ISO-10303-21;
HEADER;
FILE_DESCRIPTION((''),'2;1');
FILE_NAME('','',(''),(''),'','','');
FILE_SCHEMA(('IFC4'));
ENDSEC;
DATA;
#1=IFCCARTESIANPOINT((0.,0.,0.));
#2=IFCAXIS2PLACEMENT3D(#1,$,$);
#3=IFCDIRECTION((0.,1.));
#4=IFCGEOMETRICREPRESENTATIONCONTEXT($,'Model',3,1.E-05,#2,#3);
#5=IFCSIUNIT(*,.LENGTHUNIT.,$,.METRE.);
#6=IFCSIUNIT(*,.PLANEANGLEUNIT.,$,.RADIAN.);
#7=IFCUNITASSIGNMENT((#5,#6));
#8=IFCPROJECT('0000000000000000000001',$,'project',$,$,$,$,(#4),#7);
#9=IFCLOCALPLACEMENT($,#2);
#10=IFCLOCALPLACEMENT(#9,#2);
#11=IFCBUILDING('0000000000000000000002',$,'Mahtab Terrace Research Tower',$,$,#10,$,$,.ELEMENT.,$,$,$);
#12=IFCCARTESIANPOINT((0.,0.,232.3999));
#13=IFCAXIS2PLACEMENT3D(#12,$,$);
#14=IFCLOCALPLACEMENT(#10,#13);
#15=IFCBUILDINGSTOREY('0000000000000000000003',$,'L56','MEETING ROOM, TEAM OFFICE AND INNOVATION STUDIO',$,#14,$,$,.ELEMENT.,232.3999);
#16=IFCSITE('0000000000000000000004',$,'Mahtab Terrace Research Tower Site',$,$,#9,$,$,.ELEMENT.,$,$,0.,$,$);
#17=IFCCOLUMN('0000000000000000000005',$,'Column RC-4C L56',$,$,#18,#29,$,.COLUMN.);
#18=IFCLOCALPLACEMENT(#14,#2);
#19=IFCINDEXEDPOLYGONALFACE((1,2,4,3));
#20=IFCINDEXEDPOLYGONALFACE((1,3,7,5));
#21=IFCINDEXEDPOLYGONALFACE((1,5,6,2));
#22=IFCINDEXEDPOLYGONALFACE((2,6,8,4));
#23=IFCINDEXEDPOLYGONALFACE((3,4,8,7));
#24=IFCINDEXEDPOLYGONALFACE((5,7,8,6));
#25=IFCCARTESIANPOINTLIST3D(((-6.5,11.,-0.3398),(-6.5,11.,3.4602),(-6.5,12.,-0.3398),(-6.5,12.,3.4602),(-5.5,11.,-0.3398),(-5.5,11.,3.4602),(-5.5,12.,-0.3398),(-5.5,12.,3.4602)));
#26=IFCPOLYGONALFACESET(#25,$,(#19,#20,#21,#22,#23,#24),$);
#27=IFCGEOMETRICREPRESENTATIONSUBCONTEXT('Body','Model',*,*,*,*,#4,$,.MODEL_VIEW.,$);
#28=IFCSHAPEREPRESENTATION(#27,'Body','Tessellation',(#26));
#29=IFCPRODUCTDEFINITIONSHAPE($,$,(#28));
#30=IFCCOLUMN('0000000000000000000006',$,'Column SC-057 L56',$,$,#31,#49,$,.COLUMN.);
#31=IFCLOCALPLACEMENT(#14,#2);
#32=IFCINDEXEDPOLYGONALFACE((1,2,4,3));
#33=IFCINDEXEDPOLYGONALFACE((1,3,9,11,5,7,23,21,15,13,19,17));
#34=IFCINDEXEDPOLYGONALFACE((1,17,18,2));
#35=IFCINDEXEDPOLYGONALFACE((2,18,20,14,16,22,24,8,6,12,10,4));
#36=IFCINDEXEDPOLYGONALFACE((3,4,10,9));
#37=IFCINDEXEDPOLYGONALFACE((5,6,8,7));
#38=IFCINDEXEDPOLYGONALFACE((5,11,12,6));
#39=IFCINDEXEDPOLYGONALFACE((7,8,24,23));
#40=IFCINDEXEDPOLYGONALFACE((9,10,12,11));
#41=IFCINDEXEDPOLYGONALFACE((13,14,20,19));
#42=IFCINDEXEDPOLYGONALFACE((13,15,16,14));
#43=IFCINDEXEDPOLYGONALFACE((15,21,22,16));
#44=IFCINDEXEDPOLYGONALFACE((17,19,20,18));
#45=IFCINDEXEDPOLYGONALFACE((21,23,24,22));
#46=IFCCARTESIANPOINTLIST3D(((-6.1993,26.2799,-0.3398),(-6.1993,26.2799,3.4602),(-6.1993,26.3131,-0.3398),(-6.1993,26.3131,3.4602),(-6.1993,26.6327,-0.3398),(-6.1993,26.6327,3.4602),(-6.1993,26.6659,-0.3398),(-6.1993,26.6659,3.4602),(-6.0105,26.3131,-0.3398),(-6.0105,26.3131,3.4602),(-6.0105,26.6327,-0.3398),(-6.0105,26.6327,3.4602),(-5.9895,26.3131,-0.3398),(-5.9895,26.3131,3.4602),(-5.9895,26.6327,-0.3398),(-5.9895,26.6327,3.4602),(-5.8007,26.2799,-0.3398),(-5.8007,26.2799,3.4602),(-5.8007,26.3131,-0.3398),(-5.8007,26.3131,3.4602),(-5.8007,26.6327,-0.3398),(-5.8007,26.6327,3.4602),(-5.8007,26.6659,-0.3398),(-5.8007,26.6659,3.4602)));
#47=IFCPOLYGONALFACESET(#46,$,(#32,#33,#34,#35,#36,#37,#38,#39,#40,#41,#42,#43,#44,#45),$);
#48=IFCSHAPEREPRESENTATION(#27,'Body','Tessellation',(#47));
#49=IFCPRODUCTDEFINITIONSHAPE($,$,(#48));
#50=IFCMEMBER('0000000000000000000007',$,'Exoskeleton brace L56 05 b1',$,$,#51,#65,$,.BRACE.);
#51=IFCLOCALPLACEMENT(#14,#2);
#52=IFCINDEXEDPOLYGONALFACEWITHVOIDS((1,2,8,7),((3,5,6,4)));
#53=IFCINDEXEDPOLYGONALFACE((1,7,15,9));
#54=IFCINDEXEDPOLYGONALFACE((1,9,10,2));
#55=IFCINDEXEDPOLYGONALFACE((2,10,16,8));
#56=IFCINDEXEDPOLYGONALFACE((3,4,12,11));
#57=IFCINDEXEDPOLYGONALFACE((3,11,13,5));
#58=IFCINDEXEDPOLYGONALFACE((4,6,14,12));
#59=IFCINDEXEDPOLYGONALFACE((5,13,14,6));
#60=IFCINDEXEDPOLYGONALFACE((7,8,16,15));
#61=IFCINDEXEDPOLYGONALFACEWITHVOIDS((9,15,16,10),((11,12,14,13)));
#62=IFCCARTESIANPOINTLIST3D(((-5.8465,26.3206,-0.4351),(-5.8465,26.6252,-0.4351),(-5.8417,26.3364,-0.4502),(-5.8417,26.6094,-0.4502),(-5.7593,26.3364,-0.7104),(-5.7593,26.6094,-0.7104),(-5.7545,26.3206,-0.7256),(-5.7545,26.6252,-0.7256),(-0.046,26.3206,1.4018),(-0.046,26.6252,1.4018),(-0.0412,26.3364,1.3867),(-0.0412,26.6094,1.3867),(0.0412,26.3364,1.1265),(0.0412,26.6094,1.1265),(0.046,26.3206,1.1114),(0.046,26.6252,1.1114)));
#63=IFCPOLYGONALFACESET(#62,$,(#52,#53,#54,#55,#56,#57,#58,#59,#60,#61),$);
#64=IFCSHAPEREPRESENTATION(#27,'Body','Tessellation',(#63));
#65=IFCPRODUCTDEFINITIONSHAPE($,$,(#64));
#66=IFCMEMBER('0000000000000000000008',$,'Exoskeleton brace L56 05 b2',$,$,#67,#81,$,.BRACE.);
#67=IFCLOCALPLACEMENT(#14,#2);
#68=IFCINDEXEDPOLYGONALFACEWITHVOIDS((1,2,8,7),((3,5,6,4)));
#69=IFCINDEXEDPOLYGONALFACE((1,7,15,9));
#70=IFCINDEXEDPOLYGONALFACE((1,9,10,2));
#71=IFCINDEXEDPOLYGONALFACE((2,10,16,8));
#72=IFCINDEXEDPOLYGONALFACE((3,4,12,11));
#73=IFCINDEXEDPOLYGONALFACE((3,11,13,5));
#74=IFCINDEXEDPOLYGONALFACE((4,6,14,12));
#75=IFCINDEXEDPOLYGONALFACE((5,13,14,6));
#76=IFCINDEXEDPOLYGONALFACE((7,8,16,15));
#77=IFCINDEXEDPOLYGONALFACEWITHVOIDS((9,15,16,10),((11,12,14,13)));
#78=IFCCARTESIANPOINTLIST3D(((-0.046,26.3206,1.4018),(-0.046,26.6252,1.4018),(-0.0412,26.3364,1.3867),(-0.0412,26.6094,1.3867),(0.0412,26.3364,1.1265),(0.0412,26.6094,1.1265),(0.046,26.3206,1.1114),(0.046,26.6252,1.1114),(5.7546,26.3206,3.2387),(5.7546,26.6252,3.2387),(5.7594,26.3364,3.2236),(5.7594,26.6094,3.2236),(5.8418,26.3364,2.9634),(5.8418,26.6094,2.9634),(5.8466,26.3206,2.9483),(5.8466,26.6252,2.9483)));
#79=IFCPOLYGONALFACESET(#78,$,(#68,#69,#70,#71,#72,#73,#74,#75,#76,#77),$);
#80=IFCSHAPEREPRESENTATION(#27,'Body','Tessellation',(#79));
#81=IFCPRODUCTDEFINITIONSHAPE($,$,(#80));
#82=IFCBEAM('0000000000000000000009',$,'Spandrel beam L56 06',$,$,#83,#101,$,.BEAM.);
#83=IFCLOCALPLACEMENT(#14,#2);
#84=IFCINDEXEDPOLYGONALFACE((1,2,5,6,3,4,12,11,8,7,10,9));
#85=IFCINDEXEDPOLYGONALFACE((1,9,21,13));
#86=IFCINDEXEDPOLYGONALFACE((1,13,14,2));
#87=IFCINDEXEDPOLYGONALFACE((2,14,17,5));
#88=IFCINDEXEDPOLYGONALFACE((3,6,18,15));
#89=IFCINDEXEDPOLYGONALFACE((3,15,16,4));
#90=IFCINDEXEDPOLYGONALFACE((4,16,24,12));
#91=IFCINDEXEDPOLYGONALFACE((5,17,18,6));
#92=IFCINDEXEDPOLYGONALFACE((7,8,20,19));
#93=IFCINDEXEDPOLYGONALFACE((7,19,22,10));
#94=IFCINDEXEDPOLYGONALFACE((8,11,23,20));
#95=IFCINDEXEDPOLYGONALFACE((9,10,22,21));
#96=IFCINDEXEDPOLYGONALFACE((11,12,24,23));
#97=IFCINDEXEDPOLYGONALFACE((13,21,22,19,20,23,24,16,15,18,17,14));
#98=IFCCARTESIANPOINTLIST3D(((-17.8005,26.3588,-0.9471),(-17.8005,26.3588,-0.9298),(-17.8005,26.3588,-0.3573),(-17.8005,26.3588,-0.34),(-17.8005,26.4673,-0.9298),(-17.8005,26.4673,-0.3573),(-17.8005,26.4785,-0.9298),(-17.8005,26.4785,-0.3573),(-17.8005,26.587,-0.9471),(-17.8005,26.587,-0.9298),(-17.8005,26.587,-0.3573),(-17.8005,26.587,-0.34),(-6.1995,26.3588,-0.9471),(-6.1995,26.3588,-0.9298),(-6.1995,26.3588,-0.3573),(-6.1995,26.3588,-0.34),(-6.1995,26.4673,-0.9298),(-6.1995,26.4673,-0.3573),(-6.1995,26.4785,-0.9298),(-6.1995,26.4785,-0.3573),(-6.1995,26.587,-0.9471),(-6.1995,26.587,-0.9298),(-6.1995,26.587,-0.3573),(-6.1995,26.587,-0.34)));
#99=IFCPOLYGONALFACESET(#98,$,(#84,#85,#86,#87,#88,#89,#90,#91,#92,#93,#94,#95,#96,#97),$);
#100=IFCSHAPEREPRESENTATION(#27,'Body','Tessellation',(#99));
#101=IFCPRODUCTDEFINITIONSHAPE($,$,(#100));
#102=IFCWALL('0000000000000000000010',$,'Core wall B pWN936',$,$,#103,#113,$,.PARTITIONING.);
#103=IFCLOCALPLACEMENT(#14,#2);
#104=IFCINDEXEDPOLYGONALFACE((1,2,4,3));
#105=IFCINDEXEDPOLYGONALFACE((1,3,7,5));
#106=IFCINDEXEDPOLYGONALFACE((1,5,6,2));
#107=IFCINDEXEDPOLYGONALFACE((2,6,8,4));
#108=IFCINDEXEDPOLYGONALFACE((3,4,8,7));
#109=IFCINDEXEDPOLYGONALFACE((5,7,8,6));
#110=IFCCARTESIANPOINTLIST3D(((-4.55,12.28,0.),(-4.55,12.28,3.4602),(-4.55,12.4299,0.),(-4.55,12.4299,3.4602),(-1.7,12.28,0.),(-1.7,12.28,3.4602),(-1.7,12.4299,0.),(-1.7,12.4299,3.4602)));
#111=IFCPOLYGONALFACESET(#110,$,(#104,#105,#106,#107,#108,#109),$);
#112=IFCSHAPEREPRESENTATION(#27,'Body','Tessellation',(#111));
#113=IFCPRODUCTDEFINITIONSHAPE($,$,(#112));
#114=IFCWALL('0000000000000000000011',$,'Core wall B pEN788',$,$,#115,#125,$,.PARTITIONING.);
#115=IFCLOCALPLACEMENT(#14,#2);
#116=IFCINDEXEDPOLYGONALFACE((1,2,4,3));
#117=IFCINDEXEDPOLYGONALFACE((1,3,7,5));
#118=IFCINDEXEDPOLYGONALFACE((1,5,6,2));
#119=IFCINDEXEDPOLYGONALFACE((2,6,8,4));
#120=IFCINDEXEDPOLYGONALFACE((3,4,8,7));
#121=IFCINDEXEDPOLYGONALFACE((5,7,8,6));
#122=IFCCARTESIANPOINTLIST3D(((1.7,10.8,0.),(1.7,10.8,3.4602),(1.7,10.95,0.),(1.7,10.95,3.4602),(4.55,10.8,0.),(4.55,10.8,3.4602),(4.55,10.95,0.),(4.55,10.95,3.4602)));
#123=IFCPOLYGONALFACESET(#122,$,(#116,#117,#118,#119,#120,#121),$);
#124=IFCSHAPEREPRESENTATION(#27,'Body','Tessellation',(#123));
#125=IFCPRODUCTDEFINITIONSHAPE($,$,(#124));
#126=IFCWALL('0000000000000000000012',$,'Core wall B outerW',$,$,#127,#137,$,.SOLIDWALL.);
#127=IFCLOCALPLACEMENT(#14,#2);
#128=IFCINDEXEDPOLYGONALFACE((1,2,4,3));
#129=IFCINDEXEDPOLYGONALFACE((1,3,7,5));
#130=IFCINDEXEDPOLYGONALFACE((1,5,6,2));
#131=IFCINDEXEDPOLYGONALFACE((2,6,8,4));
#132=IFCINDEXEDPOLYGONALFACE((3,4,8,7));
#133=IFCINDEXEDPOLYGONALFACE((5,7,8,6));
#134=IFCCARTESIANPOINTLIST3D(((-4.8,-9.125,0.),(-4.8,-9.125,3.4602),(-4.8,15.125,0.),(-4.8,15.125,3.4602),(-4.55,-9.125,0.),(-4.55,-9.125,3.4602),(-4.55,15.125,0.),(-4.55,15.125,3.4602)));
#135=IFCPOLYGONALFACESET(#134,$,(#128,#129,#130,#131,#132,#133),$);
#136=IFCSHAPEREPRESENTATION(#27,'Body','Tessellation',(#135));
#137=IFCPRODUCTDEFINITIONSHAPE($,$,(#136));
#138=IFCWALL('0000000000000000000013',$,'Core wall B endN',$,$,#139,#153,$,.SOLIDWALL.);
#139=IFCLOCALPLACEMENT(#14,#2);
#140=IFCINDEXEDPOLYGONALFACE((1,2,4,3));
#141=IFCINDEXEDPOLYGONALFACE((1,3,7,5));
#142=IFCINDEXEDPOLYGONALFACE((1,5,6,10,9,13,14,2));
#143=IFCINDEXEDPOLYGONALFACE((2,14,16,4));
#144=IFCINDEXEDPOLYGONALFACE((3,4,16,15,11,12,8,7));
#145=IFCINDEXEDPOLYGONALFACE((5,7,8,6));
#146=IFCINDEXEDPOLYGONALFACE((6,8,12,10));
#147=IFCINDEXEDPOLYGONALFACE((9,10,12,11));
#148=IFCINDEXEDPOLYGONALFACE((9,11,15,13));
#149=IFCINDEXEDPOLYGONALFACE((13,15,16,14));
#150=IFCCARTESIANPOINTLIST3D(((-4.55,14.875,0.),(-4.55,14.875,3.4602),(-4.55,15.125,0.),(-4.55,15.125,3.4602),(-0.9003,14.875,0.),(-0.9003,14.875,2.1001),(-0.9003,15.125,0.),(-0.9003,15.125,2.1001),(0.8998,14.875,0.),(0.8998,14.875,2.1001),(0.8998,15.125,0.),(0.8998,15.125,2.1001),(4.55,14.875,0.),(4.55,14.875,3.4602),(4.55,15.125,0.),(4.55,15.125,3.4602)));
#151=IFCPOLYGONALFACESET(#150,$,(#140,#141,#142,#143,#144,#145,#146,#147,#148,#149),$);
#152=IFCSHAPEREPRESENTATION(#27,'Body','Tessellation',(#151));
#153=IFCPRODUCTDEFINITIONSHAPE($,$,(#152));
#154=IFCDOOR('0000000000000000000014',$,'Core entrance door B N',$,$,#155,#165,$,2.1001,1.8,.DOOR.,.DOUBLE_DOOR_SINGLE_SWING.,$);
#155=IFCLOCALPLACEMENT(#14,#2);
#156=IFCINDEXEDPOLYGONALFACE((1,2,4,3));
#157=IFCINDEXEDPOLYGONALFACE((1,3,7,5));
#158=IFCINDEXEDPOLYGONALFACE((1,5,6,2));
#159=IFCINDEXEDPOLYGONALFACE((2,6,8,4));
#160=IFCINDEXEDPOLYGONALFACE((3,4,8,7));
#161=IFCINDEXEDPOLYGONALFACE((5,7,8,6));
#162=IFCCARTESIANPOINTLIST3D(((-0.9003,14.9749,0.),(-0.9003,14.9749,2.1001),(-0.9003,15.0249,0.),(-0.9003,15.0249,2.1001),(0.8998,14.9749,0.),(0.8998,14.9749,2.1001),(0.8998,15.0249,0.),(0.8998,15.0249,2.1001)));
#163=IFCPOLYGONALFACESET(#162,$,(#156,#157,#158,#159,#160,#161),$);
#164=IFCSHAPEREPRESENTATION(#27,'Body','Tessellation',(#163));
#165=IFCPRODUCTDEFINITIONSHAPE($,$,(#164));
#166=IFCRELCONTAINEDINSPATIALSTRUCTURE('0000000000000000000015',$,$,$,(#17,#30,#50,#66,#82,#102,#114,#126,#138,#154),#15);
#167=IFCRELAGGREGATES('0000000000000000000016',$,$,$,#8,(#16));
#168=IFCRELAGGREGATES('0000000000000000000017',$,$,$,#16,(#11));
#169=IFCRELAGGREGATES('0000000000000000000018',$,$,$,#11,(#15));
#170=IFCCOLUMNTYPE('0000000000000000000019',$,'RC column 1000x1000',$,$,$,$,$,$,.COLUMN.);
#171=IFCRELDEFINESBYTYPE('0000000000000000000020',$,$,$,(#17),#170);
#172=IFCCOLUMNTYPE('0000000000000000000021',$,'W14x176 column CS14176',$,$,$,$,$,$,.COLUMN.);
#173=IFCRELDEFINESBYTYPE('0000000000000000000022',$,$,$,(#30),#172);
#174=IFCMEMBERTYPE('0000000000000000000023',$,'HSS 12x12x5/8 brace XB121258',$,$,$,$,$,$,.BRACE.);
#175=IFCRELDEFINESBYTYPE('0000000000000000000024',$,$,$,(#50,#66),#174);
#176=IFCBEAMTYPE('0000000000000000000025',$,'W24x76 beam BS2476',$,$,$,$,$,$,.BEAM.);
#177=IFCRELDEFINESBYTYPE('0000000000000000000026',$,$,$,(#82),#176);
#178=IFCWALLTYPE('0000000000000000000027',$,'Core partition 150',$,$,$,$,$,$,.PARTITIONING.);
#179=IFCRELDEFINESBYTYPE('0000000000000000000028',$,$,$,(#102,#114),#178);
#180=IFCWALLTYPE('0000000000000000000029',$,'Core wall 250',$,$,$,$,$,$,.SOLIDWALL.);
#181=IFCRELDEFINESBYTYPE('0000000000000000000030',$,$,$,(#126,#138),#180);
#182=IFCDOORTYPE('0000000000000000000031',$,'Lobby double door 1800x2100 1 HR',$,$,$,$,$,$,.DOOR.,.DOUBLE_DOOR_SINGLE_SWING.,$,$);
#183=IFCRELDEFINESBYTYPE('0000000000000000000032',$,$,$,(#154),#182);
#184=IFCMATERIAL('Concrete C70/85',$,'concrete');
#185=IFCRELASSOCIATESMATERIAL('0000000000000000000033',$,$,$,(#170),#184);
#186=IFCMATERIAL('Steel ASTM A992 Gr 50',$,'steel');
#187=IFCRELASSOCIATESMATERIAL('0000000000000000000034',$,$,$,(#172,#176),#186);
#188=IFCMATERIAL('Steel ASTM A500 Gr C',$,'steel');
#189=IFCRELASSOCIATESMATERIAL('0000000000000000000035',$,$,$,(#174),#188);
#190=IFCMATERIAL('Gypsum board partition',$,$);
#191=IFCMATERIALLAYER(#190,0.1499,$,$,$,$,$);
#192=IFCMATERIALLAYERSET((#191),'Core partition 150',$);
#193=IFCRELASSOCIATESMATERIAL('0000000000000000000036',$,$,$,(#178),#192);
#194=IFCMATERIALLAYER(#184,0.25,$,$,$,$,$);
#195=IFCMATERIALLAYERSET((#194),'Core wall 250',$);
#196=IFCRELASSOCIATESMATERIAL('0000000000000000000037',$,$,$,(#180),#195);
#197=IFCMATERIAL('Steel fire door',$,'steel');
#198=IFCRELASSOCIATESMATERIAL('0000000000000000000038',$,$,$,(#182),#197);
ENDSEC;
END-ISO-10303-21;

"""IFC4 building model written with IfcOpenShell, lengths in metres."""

from ifc_helpers import new_model, si_unit, direction, frame, frame_2d, origin, origin_2d, place, context, subcontext, project, spatial, rectangle, hollow_rectangle, i_section, extrude, material, layer, layer_set, material_profile, profile_set, type_object, element, fill, save


model = new_model("IFC4")

# Units and contexts
model_context = context("Model", 3, precision=1e-05, world=origin(), true_north=direction((0.0, 1.0)))
body_context = subcontext(model_context, "Body", "Model", "MODEL_VIEW")
ifc_project = project(units=[si_unit("LENGTHUNIT", "METRE"), si_unit("PLANEANGLEUNIT", "RADIAN")], contexts=[model_context])

# Site, building, storey
site_placement = place(None, origin())
site = spatial("IfcSite", under=ifc_project, at=site_placement, Name="Mahtab Terrace Research Tower Site", CompositionType="ELEMENT", RefElevation=0.0)
building_placement = place(site_placement, origin())
building = spatial("IfcBuilding", under=site, at=building_placement, Name="Mahtab Terrace Research Tower", CompositionType="ELEMENT")
storey_placement = place(building_placement, frame((0.0, 0.0, 232.3999)))
storey = spatial("IfcBuildingStorey", under=building, at=storey_placement, Name="L56", Description="MEETING ROOM, TEAM OFFICE AND INNOVATION STUDIO", CompositionType="ELEMENT", Elevation=232.3999)

# Columns
ifc_material_1 = material(Name="Concrete C70/85", Category="concrete")
ifc_material_profile_1 = material_profile(ifc_material_1, rectangle(XDim=1.0, YDim=1.0, at=origin_2d()), Name="RC column 1000x1000")
ifc_profile_set_1 = profile_set([ifc_material_profile_1], Name="Concrete C70/85")
column_type_1 = type_object("IfcColumnType", Name="RC column 1000x1000", PredefinedType="COLUMN", material=ifc_profile_set_1)
column_1_placement = place(storey_placement, frame((-6.0, 11.5, -0.3398), z_axis=(0.0, 0.0, 1.0), x_axis=(1.0, 0.0, 0.0)))
element("IfcColumn", 1, at=column_1_placement, inside=storey, type_object=column_type_1, Name="Column RC-4C L56", PredefinedType="COLUMN", context=body_context, shape_type="SweptSolid", body=[
    extrude(rectangle(XDim=1.0, YDim=1.0, at=origin_2d()), origin(), (0.0, 0.0, 1.0), 3.8),
])
ifc_material_2 = material(Name="Steel ASTM A992 Gr 50", Category="steel")
ifc_material_profile_2 = material_profile(ifc_material_2, i_section(OverallWidth=0.3987, OverallDepth=0.386, WebThickness=0.021, FlangeThickness=0.0332, at=origin_2d()), Name="W14X176")
ifc_profile_set_2 = profile_set([ifc_material_profile_2], Name="Steel ASTM A992 Gr 50")
column_type_2 = type_object("IfcColumnType", Name="W14x176 column CS14176", PredefinedType="COLUMN", material=ifc_profile_set_2)
column_2_placement = place(storey_placement, frame((-6.0, 26.4729, -0.3398), z_axis=(0.0, 0.0, 1.0), x_axis=(1.0, 0.0, 0.0)))
element("IfcColumn", 2, at=column_2_placement, inside=storey, type_object=column_type_2, Name="Column SC-057 L56", PredefinedType="COLUMN", context=body_context, shape_type="SweptSolid", body=[
    extrude(i_section(OverallWidth=0.3987, OverallDepth=0.386, WebThickness=0.021, FlangeThickness=0.0332, at=origin_2d()), origin(), (0.0, 0.0, 1.0), 3.8),
])

# Members
ifc_material_3 = material(Name="Steel ASTM A500 Gr C", Category="steel")
ifc_material_profile_3 = material_profile(ifc_material_3, hollow_rectangle(XDim=0.3047, YDim=0.3047, WallThickness=0.0159, at=origin_2d()), Name="HSS12X12X5/8")
ifc_profile_set_3 = profile_set([ifc_material_profile_3], Name="Steel ASTM A500 Gr C")
member_type = type_object("IfcMemberType", Name="HSS 12x12x5/8 brace XB121258", PredefinedType="BRACE", material=ifc_profile_set_3)
for number, where, z_axis, x_axis, name in (
    (3, (-5.8005, 26.4729, -0.5803), (0.953339, 0.0, 0.301903), (0.0, 1.0, 0.0), "Exoskeleton brace L56 05 b1"),
    (4, (0.0, 26.4729, 1.2566), (0.953339, 0.0, 0.301903), (0.0, 1.0, 0.0), "Exoskeleton brace L56 05 b2"),
):
    element("IfcMember", number, at=place(storey_placement, frame(where, z_axis=z_axis, x_axis=x_axis)), inside=storey, type_object=member_type, Name=name, PredefinedType="BRACE", context=body_context, shape_type="SweptSolid", body=[
        extrude(hollow_rectangle(XDim=0.3047, YDim=0.3047, WallThickness=0.0159, at=origin_2d()), origin(), (0.0, 0.0, 1.0), 6.0845),
    ])

# Beam
ifc_material_profile_4 = material_profile(ifc_material_2, i_section(OverallWidth=0.2283, OverallDepth=0.6072, WebThickness=0.0112, FlangeThickness=0.0173, at=origin_2d()), Name="W24X76")
ifc_profile_set_4 = profile_set([ifc_material_profile_4], Name="Steel ASTM A992 Gr 50")
beam_type = type_object("IfcBeamType", Name="W24x76 beam BS2476", PredefinedType="BEAM", material=ifc_profile_set_4)
beam_placement = place(storey_placement, frame((-6.1995, 26.4729, -0.6436), z_axis=(-1.0, 0.0, 0.0), x_axis=(0.0, -1.0, 0.0)))
element("IfcBeam", 5, at=beam_placement, inside=storey, type_object=beam_type, Name="Spandrel beam L56 06", PredefinedType="BEAM", context=body_context, shape_type="SweptSolid", body=[
    extrude(i_section(OverallWidth=0.2283, OverallDepth=0.6072, WebThickness=0.0112, FlangeThickness=0.0173, at=origin_2d()), origin(), (0.0, 0.0, 1.0), 11.6011),
])

# Walls
ifc_material_4 = material(Name="Gypsum board partition")
ifc_layer_1 = layer(ifc_material_4, 0.1499)
ifc_layer_set_1 = layer_set([ifc_layer_1], Name="Core partition 150")
wall_type_1 = type_object("IfcWallType", Name="Core partition 150", PredefinedType="PARTITIONING", material=ifc_layer_set_1)
for number, where, z_axis, x_axis, name in (
    (6, (-4.55, 12.355, 0.0), (0.0, 0.0, 1.0), (1.0, 0.0, 0.0), "Core wall B pWN936"),
    (7, (1.7, 10.875, 0.0), (0.0, 0.0, 1.0), (1.0, 0.0, 0.0), "Core wall B pEN788"),
):
    element("IfcWall", number, at=place(storey_placement, frame(where, z_axis=z_axis, x_axis=x_axis)), inside=storey, type_object=wall_type_1, Name=name, PredefinedType="PARTITIONING", context=body_context, shape_type="SweptSolid", body=[
        extrude(rectangle(XDim=2.8501, YDim=0.1499, at=frame_2d((1.425, 0.0))), origin(), (0.0, 0.0, 1.0), 3.4602),
    ])
ifc_layer_2 = layer(ifc_material_1, 0.25)
ifc_layer_set_2 = layer_set([ifc_layer_2], Name="Core wall 250")
wall_type_2 = type_object("IfcWallType", Name="Core wall 250", PredefinedType="SOLIDWALL", material=ifc_layer_set_2)
wall_1_placement = place(storey_placement, frame((-4.675, 15.125, 0.0), z_axis=(0.0, 0.0, 1.0), x_axis=(0.0, -1.0, 0.0)))
element("IfcWall", 8, at=wall_1_placement, inside=storey, type_object=wall_type_2, Name="Core wall B outerW", PredefinedType="SOLIDWALL", context=body_context, shape_type="SweptSolid", body=[
    extrude(rectangle(XDim=24.25, YDim=0.25, at=frame_2d((12.125, 0.0))), origin(), (0.0, 0.0, 1.0), 3.4602),
])

# Wall, opening, door
wall_2_placement = place(storey_placement, frame((-4.55, 15.0, 0.0), z_axis=(0.0, 0.0, 1.0), x_axis=(1.0, 0.0, 0.0)))
wall_2 = element("IfcWall", 9, at=wall_2_placement, inside=storey, type_object=wall_type_2, Name="Core wall B endN", PredefinedType="SOLIDWALL", context=body_context, shape_type="SweptSolid", body=[
    extrude(rectangle(XDim=9.1001, YDim=0.25, at=frame_2d((4.55, 0.0))), origin(), (0.0, 0.0, 1.0), 3.4602),
])
opening_1_placement = place(wall_2_placement, frame((3.6499, 0.0, 0.0)))
opening_1 = element("IfcOpeningElement", 10, at=opening_1_placement, cuts=wall_2, PredefinedType="OPENING", context=body_context, shape_type="SweptSolid", body=[
    extrude(rectangle(XDim=1.8, YDim=2.1001, at=frame_2d((0.8999, 1.05))), frame((0.0, 0.135, 0.0), z_axis=(0.0, -1.0, 0.0), x_axis=(1.0, 0.0, 0.0)), (0.0, 0.0, 1.0), 0.27),
])
ifc_material_5 = material(Name="Steel fire door", Category="steel")
door_type_1 = type_object("IfcDoorType", Name="Lobby double door 1800x2100 1 HR", OperationType="DOUBLE_DOOR_SINGLE_SWING", PredefinedType="DOOR", material=ifc_material_5)
door_1_placement = place(opening_1_placement, origin())
door_1 = element("IfcDoor", 11, at=door_1_placement, inside=storey, type_object=door_type_1, Name="Core entrance door B N", OperationType="DOUBLE_DOOR_SINGLE_SWING", OverallHeight=2.1001, OverallWidth=1.8, PredefinedType="DOOR", context=body_context, shape_type="SweptSolid", body=[
    extrude(rectangle(XDim=1.8, YDim=2.1001, at=frame_2d((0.8999, 1.05))), frame((0.0, 0.0249, 0.0), z_axis=(0.0, -1.0, 0.0), x_axis=(1.0, 0.0, 0.0)), (0.0, 0.0, 1.0), 0.05),
])
fill(opening_1, door_1)

save(model, "model.ifc")
